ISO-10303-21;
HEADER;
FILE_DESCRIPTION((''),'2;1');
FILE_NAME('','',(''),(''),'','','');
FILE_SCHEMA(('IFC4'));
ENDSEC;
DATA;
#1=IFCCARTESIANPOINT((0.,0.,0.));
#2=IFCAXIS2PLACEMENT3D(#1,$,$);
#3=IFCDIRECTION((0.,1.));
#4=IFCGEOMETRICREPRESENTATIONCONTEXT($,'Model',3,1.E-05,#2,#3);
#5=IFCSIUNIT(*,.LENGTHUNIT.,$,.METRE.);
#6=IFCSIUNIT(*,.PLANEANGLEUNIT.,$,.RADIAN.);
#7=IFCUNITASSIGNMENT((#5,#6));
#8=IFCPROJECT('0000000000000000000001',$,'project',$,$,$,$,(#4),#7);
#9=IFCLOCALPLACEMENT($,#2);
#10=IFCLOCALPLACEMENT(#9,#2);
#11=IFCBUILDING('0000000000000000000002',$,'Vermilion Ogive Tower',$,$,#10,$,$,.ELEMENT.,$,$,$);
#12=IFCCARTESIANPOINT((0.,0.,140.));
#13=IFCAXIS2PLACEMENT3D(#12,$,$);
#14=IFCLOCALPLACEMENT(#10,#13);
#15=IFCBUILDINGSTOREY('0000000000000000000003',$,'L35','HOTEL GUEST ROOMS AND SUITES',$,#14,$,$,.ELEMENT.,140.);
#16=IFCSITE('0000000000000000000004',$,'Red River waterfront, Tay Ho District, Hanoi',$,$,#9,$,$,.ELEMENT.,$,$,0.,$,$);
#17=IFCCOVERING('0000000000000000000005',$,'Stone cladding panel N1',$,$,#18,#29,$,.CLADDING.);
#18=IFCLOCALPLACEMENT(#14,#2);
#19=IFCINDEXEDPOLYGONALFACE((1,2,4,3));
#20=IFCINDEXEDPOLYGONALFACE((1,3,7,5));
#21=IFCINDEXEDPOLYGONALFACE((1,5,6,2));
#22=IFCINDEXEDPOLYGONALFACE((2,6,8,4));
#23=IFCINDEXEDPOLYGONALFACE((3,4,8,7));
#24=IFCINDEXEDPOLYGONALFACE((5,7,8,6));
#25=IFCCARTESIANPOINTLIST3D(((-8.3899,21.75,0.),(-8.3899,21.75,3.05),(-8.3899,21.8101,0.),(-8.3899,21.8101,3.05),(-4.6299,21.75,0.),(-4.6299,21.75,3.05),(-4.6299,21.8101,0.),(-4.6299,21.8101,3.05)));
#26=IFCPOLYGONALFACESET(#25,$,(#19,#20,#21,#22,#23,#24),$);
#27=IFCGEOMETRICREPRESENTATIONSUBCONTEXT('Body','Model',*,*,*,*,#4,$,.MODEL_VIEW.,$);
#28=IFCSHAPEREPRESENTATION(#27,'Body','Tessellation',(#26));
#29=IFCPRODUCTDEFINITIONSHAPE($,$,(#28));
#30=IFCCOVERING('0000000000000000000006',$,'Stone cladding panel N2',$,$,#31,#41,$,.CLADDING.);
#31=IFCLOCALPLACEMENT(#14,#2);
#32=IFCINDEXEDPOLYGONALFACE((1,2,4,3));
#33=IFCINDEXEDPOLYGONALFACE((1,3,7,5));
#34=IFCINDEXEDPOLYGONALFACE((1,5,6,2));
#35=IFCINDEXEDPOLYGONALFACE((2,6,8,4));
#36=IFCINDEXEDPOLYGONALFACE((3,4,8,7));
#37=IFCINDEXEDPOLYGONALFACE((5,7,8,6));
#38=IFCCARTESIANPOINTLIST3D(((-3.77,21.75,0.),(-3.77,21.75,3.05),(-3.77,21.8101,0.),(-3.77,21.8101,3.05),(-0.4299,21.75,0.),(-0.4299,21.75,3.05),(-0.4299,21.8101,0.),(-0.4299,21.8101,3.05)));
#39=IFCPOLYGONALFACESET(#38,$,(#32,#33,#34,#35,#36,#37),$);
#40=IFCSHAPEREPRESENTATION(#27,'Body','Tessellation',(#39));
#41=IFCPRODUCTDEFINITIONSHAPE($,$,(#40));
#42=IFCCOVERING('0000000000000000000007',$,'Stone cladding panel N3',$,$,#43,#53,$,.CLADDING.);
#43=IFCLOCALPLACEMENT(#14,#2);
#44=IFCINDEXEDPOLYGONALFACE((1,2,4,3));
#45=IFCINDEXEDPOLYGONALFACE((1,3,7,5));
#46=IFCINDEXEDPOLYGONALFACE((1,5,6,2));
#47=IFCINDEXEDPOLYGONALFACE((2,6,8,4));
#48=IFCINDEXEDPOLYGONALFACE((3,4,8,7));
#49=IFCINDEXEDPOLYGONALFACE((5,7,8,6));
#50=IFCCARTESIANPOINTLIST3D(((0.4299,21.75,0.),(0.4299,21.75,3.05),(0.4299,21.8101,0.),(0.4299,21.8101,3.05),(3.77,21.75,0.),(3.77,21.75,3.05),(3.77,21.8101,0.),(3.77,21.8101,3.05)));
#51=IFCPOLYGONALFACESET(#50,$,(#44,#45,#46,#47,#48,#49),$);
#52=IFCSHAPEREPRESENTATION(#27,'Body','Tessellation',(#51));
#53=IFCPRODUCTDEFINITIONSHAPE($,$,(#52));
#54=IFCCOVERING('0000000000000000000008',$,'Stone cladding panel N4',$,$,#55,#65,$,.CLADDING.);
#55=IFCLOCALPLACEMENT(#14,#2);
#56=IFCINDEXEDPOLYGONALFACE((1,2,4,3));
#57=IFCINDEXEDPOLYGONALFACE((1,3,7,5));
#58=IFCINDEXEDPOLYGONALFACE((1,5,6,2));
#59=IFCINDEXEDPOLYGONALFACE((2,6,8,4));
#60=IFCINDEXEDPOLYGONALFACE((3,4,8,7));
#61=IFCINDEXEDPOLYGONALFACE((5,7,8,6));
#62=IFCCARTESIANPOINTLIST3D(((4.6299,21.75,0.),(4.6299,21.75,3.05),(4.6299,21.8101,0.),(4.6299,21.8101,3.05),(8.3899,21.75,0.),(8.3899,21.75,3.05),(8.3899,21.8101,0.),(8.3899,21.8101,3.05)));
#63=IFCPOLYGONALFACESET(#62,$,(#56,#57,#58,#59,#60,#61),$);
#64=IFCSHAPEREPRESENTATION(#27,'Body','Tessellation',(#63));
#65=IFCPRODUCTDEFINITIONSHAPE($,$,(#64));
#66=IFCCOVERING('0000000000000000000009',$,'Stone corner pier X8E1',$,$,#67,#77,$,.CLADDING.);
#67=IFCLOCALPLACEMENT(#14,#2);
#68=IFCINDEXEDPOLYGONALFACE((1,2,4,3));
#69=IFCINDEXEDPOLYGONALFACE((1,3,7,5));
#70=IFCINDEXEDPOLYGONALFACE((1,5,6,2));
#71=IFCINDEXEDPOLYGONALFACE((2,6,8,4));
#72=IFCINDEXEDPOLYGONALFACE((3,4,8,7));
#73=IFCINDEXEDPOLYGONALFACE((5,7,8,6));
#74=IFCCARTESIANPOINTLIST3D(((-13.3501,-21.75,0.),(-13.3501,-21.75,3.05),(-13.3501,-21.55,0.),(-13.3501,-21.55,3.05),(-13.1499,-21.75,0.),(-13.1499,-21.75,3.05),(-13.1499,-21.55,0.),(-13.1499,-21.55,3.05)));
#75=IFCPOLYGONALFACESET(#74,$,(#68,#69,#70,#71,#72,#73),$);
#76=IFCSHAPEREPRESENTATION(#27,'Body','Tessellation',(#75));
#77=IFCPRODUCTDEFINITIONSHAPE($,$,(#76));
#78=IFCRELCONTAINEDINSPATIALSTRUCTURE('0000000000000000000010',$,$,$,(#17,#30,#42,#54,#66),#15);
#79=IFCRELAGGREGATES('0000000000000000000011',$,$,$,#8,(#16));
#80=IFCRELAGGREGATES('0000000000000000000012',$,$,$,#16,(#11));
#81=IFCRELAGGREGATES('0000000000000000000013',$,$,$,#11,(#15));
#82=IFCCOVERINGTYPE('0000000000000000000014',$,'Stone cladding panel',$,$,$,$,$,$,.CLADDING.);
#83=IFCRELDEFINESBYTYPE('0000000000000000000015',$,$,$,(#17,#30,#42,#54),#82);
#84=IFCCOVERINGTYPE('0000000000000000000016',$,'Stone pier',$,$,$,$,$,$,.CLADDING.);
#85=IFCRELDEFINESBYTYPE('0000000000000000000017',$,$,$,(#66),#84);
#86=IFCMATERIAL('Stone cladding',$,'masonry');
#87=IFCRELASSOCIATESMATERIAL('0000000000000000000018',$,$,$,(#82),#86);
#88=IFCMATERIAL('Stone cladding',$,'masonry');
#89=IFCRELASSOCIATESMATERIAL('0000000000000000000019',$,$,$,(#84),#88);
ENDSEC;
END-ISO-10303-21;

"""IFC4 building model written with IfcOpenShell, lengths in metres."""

from ifc_helpers import new_model, si_unit, direction, frame, origin, place, context, subcontext, project, spatial, polyline, outline, extrude, material, type_object, element, save


model = new_model("IFC4")

# Units and contexts
model_context = context("Model", 3, precision=1e-05, world=origin(), true_north=direction((0.0, 1.0)))
body_context = subcontext(model_context, "Body", "Model", "MODEL_VIEW")
ifc_project = project(units=[si_unit("LENGTHUNIT", "METRE"), si_unit("PLANEANGLEUNIT", "RADIAN")], contexts=[model_context])

# Site, building, storey
site_placement = place(None, origin())
site = spatial("IfcSite", under=ifc_project, at=site_placement, Name="Red River waterfront, Tay Ho District, Hanoi", CompositionType="ELEMENT", RefElevation=0.0)
building_placement = place(site_placement, origin())
building = spatial("IfcBuilding", under=site, at=building_placement, Name="Vermilion Ogive Tower", CompositionType="ELEMENT")
storey_placement = place(building_placement, frame((0.0, 0.0, 140.0)))
storey = spatial("IfcBuildingStorey", under=building, at=storey_placement, Name="L35", Description="HOTEL GUEST ROOMS AND SUITES", CompositionType="ELEMENT", Elevation=140.0)

# Coverings
ifc_material_1 = material(Name="Stone cladding", Category="masonry")
covering_type_1 = type_object("IfcCoveringType", Name="Stone cladding panel", PredefinedType="CLADDING", material=ifc_material_1)
covering_1_placement = place(storey_placement, origin())
element("IfcCovering", 1, at=covering_1_placement, inside=storey, type_object=covering_type_1, Name="Stone cladding panel N1", PredefinedType="CLADDING", context=body_context, shape_type="SweptSolid", body=[
    extrude(outline(polyline([(-8.3899, 21.75), (-4.6299, 21.75), (-4.6299, 21.8101), (-8.3899, 21.8101), (-8.3899, 21.75)])), origin(), (0.0, 0.0, 1.0), 3.05),
])
covering_2_placement = place(storey_placement, origin())
element("IfcCovering", 2, at=covering_2_placement, inside=storey, type_object=covering_type_1, Name="Stone cladding panel N2", PredefinedType="CLADDING", context=body_context, shape_type="SweptSolid", body=[
    extrude(outline(polyline([(-3.77, 21.75), (-0.4299, 21.75), (-0.4299, 21.8101), (-3.77, 21.8101), (-3.77, 21.75)])), origin(), (0.0, 0.0, 1.0), 3.05),
])
covering_3_placement = place(storey_placement, origin())
element("IfcCovering", 3, at=covering_3_placement, inside=storey, type_object=covering_type_1, Name="Stone cladding panel N3", PredefinedType="CLADDING", context=body_context, shape_type="SweptSolid", body=[
    extrude(outline(polyline([(0.4299, 21.75), (3.77, 21.75), (3.77, 21.8101), (0.4299, 21.8101), (0.4299, 21.75)])), origin(), (0.0, 0.0, 1.0), 3.05),
])
covering_4_placement = place(storey_placement, origin())
element("IfcCovering", 4, at=covering_4_placement, inside=storey, type_object=covering_type_1, Name="Stone cladding panel N4", PredefinedType="CLADDING", context=body_context, shape_type="SweptSolid", body=[
    extrude(outline(polyline([(4.6299, 21.75), (8.3899, 21.75), (8.3899, 21.8101), (4.6299, 21.8101), (4.6299, 21.75)])), origin(), (0.0, 0.0, 1.0), 3.05),
])
ifc_material_2 = material(Name="Stone cladding", Category="masonry")
covering_type_2 = type_object("IfcCoveringType", Name="Stone pier", PredefinedType="CLADDING", material=ifc_material_2)
covering_5_placement = place(storey_placement, origin())
element("IfcCovering", 5, at=covering_5_placement, inside=storey, type_object=covering_type_2, Name="Stone corner pier X8E1", PredefinedType="CLADDING", context=body_context, shape_type="SweptSolid", body=[
    extrude(outline(polyline([(-13.3501, -21.55), (-13.1499, -21.55), (-13.1499, -21.75), (-13.3501, -21.75), (-13.3501, -21.55)])), origin(), (0.0, 0.0, 1.0), 3.05),
])

save(model, "model.ifc")
